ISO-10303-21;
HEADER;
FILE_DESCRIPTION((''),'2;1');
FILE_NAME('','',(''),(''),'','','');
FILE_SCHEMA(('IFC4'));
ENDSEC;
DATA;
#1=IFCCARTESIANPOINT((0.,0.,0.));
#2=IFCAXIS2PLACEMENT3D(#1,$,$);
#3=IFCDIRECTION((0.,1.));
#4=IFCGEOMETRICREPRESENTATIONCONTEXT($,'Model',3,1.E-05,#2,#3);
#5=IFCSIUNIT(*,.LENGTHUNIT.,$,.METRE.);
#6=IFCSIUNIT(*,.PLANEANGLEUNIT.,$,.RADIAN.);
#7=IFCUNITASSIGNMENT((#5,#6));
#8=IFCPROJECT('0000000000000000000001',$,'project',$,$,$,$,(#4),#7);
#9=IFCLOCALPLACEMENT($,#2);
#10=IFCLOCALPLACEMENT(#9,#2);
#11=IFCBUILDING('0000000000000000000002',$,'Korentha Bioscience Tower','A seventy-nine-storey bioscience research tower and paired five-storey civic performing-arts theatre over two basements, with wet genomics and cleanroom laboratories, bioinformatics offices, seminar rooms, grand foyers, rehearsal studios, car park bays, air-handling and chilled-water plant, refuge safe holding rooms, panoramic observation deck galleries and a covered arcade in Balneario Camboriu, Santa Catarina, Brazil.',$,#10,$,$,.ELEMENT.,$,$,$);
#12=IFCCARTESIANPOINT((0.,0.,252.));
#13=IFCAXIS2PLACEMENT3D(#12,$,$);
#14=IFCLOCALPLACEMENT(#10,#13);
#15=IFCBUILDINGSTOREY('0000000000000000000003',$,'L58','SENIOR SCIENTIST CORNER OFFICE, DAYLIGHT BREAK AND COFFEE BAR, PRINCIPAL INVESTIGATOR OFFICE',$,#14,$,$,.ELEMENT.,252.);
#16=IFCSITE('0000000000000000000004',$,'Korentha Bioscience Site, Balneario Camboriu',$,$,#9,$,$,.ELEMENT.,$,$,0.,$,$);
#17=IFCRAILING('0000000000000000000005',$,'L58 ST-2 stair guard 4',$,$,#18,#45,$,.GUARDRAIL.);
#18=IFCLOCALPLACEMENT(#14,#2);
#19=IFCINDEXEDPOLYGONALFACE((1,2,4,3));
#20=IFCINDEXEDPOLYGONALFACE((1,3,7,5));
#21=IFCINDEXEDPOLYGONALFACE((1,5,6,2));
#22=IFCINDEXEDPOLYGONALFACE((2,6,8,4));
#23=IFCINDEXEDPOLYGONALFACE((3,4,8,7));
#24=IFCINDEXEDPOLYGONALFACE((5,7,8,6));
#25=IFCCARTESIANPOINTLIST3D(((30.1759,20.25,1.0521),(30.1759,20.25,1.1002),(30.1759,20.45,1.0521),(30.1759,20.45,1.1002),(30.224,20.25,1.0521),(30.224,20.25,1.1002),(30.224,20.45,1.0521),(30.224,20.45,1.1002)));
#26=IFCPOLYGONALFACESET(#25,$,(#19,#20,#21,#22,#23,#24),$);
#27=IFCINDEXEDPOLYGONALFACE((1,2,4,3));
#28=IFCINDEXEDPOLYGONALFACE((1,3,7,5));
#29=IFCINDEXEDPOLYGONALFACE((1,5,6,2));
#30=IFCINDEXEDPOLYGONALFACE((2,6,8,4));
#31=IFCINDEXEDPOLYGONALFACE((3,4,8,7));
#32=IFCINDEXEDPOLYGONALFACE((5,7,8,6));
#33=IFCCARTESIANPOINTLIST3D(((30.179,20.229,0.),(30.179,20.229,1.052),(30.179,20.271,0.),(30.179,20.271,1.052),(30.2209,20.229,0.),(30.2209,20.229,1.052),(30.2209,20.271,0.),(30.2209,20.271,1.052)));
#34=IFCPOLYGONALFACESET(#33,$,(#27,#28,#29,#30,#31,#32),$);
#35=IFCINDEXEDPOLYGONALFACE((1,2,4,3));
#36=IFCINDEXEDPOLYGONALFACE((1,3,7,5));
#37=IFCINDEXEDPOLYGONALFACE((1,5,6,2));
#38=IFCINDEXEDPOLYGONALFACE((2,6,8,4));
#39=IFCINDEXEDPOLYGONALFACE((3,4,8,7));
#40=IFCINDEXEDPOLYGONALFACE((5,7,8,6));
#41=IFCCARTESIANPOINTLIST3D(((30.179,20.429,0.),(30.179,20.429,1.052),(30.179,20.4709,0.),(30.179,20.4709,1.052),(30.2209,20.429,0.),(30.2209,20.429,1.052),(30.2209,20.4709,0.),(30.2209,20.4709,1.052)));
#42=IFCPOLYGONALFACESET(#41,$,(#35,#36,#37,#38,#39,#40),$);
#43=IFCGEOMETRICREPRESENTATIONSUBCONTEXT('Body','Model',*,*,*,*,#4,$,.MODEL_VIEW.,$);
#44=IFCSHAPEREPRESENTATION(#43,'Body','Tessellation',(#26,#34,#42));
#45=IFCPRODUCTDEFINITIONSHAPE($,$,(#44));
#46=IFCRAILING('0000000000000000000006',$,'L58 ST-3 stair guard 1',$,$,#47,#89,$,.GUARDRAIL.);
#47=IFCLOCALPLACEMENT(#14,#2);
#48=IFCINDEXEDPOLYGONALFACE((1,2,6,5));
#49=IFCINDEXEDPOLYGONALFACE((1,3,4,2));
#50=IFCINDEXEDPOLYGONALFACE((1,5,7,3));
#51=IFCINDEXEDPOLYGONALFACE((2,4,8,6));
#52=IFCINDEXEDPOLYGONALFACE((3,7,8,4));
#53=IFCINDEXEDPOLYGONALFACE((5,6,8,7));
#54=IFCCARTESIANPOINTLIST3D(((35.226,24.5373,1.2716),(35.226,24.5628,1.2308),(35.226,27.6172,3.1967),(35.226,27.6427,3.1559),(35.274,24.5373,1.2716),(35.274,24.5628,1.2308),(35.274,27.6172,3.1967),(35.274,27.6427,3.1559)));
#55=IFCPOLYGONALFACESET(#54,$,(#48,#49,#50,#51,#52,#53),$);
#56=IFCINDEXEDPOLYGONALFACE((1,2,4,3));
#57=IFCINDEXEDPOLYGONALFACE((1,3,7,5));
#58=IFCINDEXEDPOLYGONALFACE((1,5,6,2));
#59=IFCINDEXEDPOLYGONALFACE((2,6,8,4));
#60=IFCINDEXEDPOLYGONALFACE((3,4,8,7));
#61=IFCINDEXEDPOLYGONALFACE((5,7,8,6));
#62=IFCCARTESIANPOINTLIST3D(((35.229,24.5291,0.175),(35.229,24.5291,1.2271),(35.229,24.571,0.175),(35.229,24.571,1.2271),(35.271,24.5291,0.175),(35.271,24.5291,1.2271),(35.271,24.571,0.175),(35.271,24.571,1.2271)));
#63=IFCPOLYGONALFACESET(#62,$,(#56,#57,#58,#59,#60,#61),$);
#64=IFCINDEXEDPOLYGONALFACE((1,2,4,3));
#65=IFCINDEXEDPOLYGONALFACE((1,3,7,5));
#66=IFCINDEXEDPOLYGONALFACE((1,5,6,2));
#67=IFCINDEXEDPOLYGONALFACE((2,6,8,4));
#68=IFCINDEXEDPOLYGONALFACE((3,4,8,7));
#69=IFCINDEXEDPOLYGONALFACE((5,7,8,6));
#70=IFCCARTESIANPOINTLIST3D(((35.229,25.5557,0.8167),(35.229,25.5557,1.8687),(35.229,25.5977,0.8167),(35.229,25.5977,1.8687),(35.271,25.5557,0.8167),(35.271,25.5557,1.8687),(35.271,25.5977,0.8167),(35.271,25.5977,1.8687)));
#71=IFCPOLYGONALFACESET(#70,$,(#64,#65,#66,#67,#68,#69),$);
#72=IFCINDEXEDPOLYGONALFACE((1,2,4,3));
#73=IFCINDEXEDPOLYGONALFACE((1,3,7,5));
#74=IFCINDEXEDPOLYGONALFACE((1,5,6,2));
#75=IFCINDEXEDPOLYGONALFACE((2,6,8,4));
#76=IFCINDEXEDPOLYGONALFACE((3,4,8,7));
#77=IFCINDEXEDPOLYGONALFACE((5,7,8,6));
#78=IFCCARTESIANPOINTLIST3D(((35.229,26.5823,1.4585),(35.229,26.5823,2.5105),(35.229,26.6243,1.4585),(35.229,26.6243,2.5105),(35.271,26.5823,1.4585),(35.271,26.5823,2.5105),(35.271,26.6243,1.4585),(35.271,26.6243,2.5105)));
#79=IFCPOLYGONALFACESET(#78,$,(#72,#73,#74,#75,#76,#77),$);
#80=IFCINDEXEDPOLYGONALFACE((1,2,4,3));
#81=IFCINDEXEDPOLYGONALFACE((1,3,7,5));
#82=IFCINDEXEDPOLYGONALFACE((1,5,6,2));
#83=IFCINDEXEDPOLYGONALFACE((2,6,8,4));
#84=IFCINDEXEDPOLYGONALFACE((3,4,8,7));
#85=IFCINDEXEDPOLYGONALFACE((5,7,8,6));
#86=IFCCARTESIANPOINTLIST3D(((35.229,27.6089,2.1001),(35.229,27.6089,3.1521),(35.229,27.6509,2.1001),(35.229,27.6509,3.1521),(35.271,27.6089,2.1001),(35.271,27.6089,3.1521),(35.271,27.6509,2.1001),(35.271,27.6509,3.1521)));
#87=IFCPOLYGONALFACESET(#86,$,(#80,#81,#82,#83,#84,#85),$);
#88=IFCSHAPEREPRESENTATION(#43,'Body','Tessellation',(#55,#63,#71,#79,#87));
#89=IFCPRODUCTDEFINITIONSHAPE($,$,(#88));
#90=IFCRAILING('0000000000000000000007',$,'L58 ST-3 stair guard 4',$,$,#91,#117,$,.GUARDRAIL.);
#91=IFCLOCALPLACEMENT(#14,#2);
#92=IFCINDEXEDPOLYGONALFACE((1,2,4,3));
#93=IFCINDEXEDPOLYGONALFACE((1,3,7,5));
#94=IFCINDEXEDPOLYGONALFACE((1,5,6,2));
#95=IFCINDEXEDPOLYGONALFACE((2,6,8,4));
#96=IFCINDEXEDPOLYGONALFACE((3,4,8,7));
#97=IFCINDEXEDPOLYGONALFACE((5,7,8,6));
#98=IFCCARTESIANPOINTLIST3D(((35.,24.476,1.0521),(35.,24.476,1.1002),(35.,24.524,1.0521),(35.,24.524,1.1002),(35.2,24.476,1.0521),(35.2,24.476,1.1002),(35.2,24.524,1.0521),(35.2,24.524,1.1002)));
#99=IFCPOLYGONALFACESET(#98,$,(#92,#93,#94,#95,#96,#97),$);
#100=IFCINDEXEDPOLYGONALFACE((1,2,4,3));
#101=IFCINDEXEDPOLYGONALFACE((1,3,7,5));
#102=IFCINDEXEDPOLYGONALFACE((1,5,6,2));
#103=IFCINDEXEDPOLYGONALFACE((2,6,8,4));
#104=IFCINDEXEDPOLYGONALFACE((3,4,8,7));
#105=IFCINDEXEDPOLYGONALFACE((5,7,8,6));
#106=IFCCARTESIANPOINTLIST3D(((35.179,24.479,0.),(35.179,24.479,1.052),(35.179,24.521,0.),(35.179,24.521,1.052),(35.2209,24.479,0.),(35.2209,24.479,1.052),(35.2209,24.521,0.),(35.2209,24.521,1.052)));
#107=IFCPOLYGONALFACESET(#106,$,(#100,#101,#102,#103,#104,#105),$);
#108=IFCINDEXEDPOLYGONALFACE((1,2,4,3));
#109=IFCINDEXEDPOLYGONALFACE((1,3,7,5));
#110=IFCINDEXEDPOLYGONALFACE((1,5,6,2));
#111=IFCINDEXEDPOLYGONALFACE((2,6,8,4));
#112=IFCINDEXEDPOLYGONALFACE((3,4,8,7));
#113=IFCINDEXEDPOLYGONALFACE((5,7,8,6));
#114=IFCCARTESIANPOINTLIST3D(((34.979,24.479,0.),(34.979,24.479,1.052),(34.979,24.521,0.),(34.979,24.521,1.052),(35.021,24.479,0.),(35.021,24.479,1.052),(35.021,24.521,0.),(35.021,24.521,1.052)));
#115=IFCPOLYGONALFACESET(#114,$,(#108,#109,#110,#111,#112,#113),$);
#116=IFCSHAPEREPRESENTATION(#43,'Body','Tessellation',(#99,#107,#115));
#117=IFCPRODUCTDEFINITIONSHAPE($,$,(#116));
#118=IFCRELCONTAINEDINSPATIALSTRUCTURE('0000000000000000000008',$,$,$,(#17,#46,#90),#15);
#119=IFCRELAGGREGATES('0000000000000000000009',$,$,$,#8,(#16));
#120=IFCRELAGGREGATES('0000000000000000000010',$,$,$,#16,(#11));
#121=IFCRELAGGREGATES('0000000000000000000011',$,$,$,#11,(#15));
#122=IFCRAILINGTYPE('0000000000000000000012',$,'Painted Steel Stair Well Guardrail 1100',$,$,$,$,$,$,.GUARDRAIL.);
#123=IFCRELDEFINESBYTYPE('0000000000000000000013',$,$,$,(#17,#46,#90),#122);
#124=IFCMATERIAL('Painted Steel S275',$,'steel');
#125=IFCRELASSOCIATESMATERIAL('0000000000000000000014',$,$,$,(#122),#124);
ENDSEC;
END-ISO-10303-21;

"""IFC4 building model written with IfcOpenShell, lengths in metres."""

from ifc_helpers import new_model, si_unit, direction, frame, origin, origin_2d, place, context, subcontext, project, spatial, rectangle, extrude, material, type_object, element, save


model = new_model("IFC4")

# Units and contexts
model_context = context("Model", 3, precision=1e-05, world=origin(), true_north=direction((0.0, 1.0)))
body_context = subcontext(model_context, "Body", "Model", "MODEL_VIEW")
ifc_project = project(units=[si_unit("LENGTHUNIT", "METRE"), si_unit("PLANEANGLEUNIT", "RADIAN")], contexts=[model_context])

# Site, building, storey
site_placement = place(None, origin())
site = spatial("IfcSite", under=ifc_project, at=site_placement, Name="Korentha Bioscience Site, Balneario Camboriu", CompositionType="ELEMENT", RefElevation=0.0)
building_placement = place(site_placement, origin())
building = spatial("IfcBuilding", under=site, at=building_placement, Name="Korentha Bioscience Tower", Description="A seventy-nine-storey bioscience research tower and paired five-storey civic performing-arts theatre over two basements, with wet genomics and cleanroom laboratories, bioinformatics offices, seminar rooms, grand foyers, rehearsal studios, car park bays, air-handling and chilled-water plant, refuge safe holding rooms, panoramic observation deck galleries and a covered arcade in Balneario Camboriu, Santa Catarina, Brazil.", CompositionType="ELEMENT")
storey_placement = place(building_placement, frame((0.0, 0.0, 252.0)))
storey = spatial("IfcBuildingStorey", under=building, at=storey_placement, Name="L58", Description="SENIOR SCIENTIST CORNER OFFICE, DAYLIGHT BREAK AND COFFEE BAR, PRINCIPAL INVESTIGATOR OFFICE", CompositionType="ELEMENT", Elevation=252.0)

# Railings
ifc_material_1 = material(Name="Painted Steel S275", Category="steel")
railing_type_1 = type_object("IfcRailingType", Name="Painted Steel Stair Well Guardrail 1100", PredefinedType="GUARDRAIL", material=ifc_material_1)
railing_1_placement = place(storey_placement, frame((30.2, 20.25, 0.0)))
element("IfcRailing", 1, at=railing_1_placement, inside=storey, type_object=railing_type_1, Name="L58 ST-2 stair guard 4", PredefinedType="GUARDRAIL", context=body_context, shape_type="SweptSolid", body=[
    extrude(rectangle(XDim=0.0481, YDim=0.0481, at=origin_2d()), frame((0.0, 0.0, 1.0762), z_axis=(0.0, 1.0, 0.0), x_axis=(-1.0, 0.0, 0.0)), (0.0, 0.0, 1.0), 0.2),
    extrude(rectangle(XDim=0.042, YDim=0.042, at=origin_2d()), origin(), (0.0, 0.0, 1.0), 1.052),
    extrude(rectangle(XDim=0.042, YDim=0.042, at=origin_2d()), frame((0.0, 0.2, 0.0)), (0.0, 0.0, 1.0), 1.052),
])
railing_2_placement = place(storey_placement, frame((35.25, 24.55, 0.175)))
element("IfcRailing", 2, at=railing_2_placement, inside=storey, type_object=railing_type_1, Name="L58 ST-3 stair guard 1", PredefinedType="GUARDRAIL", context=body_context, shape_type="SweptSolid", body=[
    extrude(rectangle(XDim=0.0481, YDim=0.0481, at=origin_2d()), frame((0.0, 0.0, 1.0762), z_axis=(0.0, 0.847979, 0.530029), x_axis=(-1.0, 0.0, 0.0)), (0.0, 0.0, 1.0), 3.6321),
    extrude(rectangle(XDim=0.042, YDim=0.042, at=origin_2d()), origin(), (0.0, 0.0, 1.0), 1.052),
    extrude(rectangle(XDim=0.042, YDim=0.042, at=origin_2d()), frame((0.0, 1.0266, 0.6416)), (0.0, 0.0, 1.0), 1.052),
    extrude(rectangle(XDim=0.042, YDim=0.042, at=origin_2d()), frame((0.0, 2.0532, 1.2834)), (0.0, 0.0, 1.0), 1.052),
    extrude(rectangle(XDim=0.042, YDim=0.042, at=origin_2d()), frame((0.0, 3.0798, 1.925)), (0.0, 0.0, 1.0), 1.052),
])
railing_3_placement = place(storey_placement, frame((35.2, 24.5, 0.0)))
element("IfcRailing", 3, at=railing_3_placement, inside=storey, type_object=railing_type_1, Name="L58 ST-3 stair guard 4", PredefinedType="GUARDRAIL", context=body_context, shape_type="SweptSolid", body=[
    extrude(rectangle(XDim=0.0481, YDim=0.0481, at=origin_2d()), frame((0.0, 0.0, 1.0762), z_axis=(-1.0, 0.0, 0.0), x_axis=(0.0, -1.0, 0.0)), (0.0, 0.0, 1.0), 0.2),
    extrude(rectangle(XDim=0.042, YDim=0.042, at=origin_2d()), origin(), (0.0, 0.0, 1.0), 1.052),
    extrude(rectangle(XDim=0.042, YDim=0.042, at=origin_2d()), frame((-0.2, 0.0, 0.0)), (0.0, 0.0, 1.0), 1.052),
])

save(model, "model.ifc")
